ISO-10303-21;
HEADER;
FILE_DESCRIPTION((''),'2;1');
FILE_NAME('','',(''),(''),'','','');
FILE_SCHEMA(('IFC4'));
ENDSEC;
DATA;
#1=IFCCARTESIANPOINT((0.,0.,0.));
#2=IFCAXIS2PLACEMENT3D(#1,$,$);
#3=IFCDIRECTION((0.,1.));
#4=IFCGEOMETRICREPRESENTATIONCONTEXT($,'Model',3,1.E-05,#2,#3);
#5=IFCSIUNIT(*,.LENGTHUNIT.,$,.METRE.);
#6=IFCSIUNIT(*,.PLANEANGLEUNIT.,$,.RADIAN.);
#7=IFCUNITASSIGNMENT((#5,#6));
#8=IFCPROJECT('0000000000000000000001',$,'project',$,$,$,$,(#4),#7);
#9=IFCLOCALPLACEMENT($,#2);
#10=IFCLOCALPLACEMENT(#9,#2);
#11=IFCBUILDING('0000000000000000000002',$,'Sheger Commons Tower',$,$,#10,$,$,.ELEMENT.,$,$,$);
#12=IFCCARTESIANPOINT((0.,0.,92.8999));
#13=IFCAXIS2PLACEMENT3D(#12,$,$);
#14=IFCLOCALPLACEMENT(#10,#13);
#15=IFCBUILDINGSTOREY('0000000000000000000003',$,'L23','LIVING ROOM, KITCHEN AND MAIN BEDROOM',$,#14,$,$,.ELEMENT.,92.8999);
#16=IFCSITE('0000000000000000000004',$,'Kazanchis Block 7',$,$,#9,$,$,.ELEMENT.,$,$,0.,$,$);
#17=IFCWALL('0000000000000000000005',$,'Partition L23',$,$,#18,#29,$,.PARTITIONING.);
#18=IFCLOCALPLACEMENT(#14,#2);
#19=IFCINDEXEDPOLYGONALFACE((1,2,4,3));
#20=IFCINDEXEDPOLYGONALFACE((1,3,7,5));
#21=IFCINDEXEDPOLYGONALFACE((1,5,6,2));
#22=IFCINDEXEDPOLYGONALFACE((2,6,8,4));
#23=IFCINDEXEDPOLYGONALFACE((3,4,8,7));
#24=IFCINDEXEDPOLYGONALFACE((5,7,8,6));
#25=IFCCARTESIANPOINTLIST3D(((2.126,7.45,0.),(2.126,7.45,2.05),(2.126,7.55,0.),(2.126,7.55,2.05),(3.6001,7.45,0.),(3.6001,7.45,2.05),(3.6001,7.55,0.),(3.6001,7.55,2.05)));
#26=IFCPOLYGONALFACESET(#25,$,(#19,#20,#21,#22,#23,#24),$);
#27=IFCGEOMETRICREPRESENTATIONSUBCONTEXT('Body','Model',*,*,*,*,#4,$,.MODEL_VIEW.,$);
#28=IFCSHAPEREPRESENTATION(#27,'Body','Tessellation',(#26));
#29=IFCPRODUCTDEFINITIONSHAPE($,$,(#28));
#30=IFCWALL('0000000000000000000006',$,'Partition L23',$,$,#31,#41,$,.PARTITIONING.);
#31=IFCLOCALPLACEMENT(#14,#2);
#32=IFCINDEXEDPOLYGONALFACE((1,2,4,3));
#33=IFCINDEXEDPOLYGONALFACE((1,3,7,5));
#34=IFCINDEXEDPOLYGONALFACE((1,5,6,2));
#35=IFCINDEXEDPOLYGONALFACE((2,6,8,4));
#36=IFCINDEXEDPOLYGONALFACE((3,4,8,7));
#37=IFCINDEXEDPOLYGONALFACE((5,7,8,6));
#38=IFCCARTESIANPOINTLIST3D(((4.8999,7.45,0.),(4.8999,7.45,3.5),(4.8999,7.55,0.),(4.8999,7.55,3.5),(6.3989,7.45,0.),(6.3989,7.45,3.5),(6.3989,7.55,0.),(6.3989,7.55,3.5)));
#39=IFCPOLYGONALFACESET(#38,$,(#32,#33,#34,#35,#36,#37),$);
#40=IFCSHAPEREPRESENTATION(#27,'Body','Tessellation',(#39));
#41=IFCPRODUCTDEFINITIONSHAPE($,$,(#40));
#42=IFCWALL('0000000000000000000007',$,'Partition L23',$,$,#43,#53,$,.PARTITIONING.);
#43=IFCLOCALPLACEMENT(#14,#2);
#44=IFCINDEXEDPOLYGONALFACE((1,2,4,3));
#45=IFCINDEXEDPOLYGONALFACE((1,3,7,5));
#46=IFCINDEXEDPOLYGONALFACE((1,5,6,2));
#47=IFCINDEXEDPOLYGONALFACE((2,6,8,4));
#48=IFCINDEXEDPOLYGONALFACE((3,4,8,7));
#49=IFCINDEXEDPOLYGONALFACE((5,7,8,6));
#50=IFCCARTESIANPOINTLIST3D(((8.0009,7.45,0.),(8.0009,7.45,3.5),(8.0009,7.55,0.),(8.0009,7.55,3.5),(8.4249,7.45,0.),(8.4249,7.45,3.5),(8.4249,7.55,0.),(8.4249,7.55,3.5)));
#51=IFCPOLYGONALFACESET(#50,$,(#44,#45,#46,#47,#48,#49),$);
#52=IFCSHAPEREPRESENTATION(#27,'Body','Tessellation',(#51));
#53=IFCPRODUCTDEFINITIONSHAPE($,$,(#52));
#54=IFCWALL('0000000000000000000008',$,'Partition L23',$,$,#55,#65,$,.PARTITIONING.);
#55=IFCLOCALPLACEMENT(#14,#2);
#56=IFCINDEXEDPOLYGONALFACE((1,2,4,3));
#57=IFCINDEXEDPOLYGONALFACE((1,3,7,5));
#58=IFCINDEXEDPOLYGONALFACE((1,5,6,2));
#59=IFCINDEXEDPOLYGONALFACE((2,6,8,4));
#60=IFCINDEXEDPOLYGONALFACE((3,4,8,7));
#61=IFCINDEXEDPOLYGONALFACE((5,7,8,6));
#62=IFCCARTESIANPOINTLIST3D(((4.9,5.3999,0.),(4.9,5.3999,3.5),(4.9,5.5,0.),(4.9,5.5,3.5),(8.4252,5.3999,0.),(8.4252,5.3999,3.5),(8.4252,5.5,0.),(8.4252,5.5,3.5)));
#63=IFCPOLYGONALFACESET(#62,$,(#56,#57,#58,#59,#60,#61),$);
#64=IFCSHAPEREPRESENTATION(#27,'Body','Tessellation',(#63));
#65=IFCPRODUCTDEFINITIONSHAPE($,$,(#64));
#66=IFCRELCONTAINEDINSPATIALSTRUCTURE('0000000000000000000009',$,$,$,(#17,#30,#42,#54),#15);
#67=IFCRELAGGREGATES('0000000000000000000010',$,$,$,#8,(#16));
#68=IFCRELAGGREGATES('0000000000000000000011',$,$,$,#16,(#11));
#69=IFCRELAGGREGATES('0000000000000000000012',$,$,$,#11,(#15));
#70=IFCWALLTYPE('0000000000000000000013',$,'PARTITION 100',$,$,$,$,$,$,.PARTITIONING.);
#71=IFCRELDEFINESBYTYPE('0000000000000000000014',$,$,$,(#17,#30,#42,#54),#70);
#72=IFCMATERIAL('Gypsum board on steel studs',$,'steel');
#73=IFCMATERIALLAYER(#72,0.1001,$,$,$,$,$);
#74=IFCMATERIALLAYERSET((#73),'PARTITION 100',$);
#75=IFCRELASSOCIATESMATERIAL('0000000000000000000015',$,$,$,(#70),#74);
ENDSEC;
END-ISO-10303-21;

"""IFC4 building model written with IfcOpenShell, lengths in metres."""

from ifc_helpers import new_model, si_unit, direction, frame, frame_2d, origin, place, context, subcontext, project, spatial, rectangle, extrude, material, layer, layer_set, type_object, element, save


model = new_model("IFC4")

# Units and contexts
model_context = context("Model", 3, precision=1e-05, world=origin(), true_north=direction((0.0, 1.0)))
body_context = subcontext(model_context, "Body", "Model", "MODEL_VIEW")
ifc_project = project(units=[si_unit("LENGTHUNIT", "METRE"), si_unit("PLANEANGLEUNIT", "RADIAN")], contexts=[model_context])

# Site, building, storey
site_placement = place(None, origin())
site = spatial("IfcSite", under=ifc_project, at=site_placement, Name="Kazanchis Block 7", CompositionType="ELEMENT", RefElevation=0.0)
building_placement = place(site_placement, origin())
building = spatial("IfcBuilding", under=site, at=building_placement, Name="Sheger Commons Tower", CompositionType="ELEMENT")
storey_placement = place(building_placement, frame((0.0, 0.0, 92.8999)))
storey = spatial("IfcBuildingStorey", under=building, at=storey_placement, Name="L23", Description="LIVING ROOM, KITCHEN AND MAIN BEDROOM", CompositionType="ELEMENT", Elevation=92.8999)

# Shared definitions
ifc_material_1 = material(Name="Gypsum board on steel studs", Category="steel")
ifc_layer_1 = layer(ifc_material_1, 0.1001)
ifc_layer_set_1 = layer_set([ifc_layer_1], Name="PARTITION 100")
wall_type_1 = type_object("IfcWallType", Name="PARTITION 100", PredefinedType="PARTITIONING", material=ifc_layer_set_1)

# Walls
wall_1_placement = place(storey_placement, frame((2.126, 7.5, 0.0), z_axis=(0.0, 0.0, 1.0), x_axis=(1.0, 0.0, 0.0)))
element("IfcWall", 1, at=wall_1_placement, inside=storey, type_object=wall_type_1, Name="Partition L23", PredefinedType="PARTITIONING", context=body_context, shape_type="SweptSolid", body=[
    extrude(rectangle(XDim=1.4741, YDim=0.1001, at=frame_2d((0.7371, 0.0))), origin(), (0.0, 0.0, 1.0), 2.05),
])
wall_2_placement = place(storey_placement, frame((4.8999, 7.5, 0.0), z_axis=(0.0, 0.0, 1.0), x_axis=(1.0, 0.0, 0.0)))
element("IfcWall", 2, at=wall_2_placement, inside=storey, type_object=wall_type_1, Name="Partition L23", PredefinedType="PARTITIONING", context=body_context, shape_type="SweptSolid", body=[
    extrude(rectangle(XDim=1.499, YDim=0.1001, at=frame_2d((0.7495, 0.0))), origin(), (0.0, 0.0, 1.0), 3.5),
])
wall_3_placement = place(storey_placement, frame((8.001, 7.5, 0.0), z_axis=(0.0, 0.0, 1.0), x_axis=(1.0, 0.0, 0.0)))
element("IfcWall", 3, at=wall_3_placement, inside=storey, type_object=wall_type_1, Name="Partition L23", PredefinedType="PARTITIONING", context=body_context, shape_type="SweptSolid", body=[
    extrude(rectangle(XDim=0.4241, YDim=0.1001, at=frame_2d((0.2119, 0.0))), origin(), (0.0, 0.0, 1.0), 3.5),
])
wall_4_placement = place(storey_placement, frame((4.8999, 5.45, 0.0), z_axis=(0.0, 0.0, 1.0), x_axis=(1.0, 0.0, 0.0)))
element("IfcWall", 4, at=wall_4_placement, inside=storey, type_object=wall_type_1, Name="Partition L23", PredefinedType="PARTITIONING", context=body_context, shape_type="SweptSolid", body=[
    extrude(rectangle(XDim=3.5251, YDim=0.1001, at=frame_2d((1.7627, 0.0))), origin(), (0.0, 0.0, 1.0), 3.5),
])

save(model, "model.ifc")
